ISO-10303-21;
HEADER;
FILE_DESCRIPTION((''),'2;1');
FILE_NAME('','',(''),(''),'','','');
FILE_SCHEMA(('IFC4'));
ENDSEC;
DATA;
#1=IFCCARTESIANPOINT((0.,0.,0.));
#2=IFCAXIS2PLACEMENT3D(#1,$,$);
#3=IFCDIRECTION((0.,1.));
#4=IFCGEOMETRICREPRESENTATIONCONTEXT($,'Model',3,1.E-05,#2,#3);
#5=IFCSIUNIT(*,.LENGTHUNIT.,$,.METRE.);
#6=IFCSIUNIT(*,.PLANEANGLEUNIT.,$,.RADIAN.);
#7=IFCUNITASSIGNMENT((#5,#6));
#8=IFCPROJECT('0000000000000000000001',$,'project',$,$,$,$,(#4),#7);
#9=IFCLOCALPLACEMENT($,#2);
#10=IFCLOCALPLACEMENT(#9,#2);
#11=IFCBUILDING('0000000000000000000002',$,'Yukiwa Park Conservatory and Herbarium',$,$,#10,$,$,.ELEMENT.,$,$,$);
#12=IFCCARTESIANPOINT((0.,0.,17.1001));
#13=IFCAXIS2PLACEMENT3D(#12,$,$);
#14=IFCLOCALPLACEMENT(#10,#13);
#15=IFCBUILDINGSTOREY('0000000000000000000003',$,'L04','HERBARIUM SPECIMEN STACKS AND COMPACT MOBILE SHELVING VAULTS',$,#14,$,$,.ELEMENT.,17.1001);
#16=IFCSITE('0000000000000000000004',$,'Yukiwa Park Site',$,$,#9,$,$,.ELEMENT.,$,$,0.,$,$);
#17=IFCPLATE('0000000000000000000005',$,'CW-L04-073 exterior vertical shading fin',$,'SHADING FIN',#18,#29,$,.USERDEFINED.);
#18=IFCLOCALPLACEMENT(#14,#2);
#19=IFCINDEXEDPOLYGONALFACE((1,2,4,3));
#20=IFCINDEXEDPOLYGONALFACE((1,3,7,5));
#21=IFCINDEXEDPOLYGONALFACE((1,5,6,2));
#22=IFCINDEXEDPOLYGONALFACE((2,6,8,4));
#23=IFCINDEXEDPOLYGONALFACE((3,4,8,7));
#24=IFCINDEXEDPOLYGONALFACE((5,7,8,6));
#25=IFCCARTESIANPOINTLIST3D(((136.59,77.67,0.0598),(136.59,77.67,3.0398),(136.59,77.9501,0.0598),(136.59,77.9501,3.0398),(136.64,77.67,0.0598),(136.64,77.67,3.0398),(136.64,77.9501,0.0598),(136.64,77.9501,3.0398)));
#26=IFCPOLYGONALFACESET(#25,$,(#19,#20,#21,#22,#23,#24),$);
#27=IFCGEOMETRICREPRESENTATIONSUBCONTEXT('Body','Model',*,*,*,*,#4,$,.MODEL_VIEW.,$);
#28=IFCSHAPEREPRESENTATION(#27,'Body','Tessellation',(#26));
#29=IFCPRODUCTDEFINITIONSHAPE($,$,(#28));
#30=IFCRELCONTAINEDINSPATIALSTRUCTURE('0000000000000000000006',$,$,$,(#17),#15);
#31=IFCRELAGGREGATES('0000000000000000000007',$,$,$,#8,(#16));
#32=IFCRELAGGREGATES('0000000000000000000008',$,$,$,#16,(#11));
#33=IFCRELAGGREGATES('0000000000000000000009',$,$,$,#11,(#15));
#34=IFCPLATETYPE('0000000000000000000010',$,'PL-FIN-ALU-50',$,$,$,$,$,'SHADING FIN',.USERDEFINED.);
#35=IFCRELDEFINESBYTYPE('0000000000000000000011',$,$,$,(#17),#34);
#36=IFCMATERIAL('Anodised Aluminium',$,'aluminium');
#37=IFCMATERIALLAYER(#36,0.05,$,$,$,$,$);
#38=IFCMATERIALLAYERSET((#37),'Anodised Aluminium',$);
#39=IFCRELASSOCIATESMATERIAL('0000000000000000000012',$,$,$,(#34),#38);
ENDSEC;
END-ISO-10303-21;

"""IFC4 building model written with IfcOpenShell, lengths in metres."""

from ifc_helpers import new_model, si_unit, direction, frame, origin, origin_2d, place, context, subcontext, project, spatial, rectangle, extrude, material, layer, layer_set, type_object, element, save


model = new_model("IFC4")

# Units and contexts
model_context = context("Model", 3, precision=1e-05, world=origin(), true_north=direction((0.0, 1.0)))
body_context = subcontext(model_context, "Body", "Model", "MODEL_VIEW")
ifc_project = project(units=[si_unit("LENGTHUNIT", "METRE"), si_unit("PLANEANGLEUNIT", "RADIAN")], contexts=[model_context])

# Site, building, storey
site_placement = place(None, origin())
site = spatial("IfcSite", under=ifc_project, at=site_placement, Name="Yukiwa Park Site", CompositionType="ELEMENT", RefElevation=0.0)
building_placement = place(site_placement, origin())
building = spatial("IfcBuilding", under=site, at=building_placement, Name="Yukiwa Park Conservatory and Herbarium", CompositionType="ELEMENT")
storey_placement = place(building_placement, frame((0.0, 0.0, 17.1001)))
storey = spatial("IfcBuildingStorey", under=building, at=storey_placement, Name="L04", Description="HERBARIUM SPECIMEN STACKS AND COMPACT MOBILE SHELVING VAULTS", CompositionType="ELEMENT", Elevation=17.1001)

# Plate
ifc_material_1 = material(Name="Anodised Aluminium", Category="aluminium")
ifc_layer_1 = layer(ifc_material_1, 0.05)
ifc_layer_set_1 = layer_set([ifc_layer_1], Name="Anodised Aluminium")
plate_type_1 = type_object("IfcPlateType", Name="PL-FIN-ALU-50", ElementType="SHADING FIN", PredefinedType="USERDEFINED", material=ifc_layer_set_1)
plate_1_placement = place(storey_placement, frame((136.615, 77.8101, 0.0598), z_axis=(0.0, 0.0, 1.0), x_axis=(1.0, 0.0, 0.0)))
element("IfcPlate", 1, at=plate_1_placement, inside=storey, type_object=plate_type_1, Name="CW-L04-073 exterior vertical shading fin", ObjectType="SHADING FIN", PredefinedType="USERDEFINED", context=body_context, shape_type="SweptSolid", body=[
    extrude(rectangle(XDim=0.05, YDim=0.28, at=origin_2d()), origin(), (0.0, 0.0, 1.0), 2.98),
])

save(model, "model.ifc")
